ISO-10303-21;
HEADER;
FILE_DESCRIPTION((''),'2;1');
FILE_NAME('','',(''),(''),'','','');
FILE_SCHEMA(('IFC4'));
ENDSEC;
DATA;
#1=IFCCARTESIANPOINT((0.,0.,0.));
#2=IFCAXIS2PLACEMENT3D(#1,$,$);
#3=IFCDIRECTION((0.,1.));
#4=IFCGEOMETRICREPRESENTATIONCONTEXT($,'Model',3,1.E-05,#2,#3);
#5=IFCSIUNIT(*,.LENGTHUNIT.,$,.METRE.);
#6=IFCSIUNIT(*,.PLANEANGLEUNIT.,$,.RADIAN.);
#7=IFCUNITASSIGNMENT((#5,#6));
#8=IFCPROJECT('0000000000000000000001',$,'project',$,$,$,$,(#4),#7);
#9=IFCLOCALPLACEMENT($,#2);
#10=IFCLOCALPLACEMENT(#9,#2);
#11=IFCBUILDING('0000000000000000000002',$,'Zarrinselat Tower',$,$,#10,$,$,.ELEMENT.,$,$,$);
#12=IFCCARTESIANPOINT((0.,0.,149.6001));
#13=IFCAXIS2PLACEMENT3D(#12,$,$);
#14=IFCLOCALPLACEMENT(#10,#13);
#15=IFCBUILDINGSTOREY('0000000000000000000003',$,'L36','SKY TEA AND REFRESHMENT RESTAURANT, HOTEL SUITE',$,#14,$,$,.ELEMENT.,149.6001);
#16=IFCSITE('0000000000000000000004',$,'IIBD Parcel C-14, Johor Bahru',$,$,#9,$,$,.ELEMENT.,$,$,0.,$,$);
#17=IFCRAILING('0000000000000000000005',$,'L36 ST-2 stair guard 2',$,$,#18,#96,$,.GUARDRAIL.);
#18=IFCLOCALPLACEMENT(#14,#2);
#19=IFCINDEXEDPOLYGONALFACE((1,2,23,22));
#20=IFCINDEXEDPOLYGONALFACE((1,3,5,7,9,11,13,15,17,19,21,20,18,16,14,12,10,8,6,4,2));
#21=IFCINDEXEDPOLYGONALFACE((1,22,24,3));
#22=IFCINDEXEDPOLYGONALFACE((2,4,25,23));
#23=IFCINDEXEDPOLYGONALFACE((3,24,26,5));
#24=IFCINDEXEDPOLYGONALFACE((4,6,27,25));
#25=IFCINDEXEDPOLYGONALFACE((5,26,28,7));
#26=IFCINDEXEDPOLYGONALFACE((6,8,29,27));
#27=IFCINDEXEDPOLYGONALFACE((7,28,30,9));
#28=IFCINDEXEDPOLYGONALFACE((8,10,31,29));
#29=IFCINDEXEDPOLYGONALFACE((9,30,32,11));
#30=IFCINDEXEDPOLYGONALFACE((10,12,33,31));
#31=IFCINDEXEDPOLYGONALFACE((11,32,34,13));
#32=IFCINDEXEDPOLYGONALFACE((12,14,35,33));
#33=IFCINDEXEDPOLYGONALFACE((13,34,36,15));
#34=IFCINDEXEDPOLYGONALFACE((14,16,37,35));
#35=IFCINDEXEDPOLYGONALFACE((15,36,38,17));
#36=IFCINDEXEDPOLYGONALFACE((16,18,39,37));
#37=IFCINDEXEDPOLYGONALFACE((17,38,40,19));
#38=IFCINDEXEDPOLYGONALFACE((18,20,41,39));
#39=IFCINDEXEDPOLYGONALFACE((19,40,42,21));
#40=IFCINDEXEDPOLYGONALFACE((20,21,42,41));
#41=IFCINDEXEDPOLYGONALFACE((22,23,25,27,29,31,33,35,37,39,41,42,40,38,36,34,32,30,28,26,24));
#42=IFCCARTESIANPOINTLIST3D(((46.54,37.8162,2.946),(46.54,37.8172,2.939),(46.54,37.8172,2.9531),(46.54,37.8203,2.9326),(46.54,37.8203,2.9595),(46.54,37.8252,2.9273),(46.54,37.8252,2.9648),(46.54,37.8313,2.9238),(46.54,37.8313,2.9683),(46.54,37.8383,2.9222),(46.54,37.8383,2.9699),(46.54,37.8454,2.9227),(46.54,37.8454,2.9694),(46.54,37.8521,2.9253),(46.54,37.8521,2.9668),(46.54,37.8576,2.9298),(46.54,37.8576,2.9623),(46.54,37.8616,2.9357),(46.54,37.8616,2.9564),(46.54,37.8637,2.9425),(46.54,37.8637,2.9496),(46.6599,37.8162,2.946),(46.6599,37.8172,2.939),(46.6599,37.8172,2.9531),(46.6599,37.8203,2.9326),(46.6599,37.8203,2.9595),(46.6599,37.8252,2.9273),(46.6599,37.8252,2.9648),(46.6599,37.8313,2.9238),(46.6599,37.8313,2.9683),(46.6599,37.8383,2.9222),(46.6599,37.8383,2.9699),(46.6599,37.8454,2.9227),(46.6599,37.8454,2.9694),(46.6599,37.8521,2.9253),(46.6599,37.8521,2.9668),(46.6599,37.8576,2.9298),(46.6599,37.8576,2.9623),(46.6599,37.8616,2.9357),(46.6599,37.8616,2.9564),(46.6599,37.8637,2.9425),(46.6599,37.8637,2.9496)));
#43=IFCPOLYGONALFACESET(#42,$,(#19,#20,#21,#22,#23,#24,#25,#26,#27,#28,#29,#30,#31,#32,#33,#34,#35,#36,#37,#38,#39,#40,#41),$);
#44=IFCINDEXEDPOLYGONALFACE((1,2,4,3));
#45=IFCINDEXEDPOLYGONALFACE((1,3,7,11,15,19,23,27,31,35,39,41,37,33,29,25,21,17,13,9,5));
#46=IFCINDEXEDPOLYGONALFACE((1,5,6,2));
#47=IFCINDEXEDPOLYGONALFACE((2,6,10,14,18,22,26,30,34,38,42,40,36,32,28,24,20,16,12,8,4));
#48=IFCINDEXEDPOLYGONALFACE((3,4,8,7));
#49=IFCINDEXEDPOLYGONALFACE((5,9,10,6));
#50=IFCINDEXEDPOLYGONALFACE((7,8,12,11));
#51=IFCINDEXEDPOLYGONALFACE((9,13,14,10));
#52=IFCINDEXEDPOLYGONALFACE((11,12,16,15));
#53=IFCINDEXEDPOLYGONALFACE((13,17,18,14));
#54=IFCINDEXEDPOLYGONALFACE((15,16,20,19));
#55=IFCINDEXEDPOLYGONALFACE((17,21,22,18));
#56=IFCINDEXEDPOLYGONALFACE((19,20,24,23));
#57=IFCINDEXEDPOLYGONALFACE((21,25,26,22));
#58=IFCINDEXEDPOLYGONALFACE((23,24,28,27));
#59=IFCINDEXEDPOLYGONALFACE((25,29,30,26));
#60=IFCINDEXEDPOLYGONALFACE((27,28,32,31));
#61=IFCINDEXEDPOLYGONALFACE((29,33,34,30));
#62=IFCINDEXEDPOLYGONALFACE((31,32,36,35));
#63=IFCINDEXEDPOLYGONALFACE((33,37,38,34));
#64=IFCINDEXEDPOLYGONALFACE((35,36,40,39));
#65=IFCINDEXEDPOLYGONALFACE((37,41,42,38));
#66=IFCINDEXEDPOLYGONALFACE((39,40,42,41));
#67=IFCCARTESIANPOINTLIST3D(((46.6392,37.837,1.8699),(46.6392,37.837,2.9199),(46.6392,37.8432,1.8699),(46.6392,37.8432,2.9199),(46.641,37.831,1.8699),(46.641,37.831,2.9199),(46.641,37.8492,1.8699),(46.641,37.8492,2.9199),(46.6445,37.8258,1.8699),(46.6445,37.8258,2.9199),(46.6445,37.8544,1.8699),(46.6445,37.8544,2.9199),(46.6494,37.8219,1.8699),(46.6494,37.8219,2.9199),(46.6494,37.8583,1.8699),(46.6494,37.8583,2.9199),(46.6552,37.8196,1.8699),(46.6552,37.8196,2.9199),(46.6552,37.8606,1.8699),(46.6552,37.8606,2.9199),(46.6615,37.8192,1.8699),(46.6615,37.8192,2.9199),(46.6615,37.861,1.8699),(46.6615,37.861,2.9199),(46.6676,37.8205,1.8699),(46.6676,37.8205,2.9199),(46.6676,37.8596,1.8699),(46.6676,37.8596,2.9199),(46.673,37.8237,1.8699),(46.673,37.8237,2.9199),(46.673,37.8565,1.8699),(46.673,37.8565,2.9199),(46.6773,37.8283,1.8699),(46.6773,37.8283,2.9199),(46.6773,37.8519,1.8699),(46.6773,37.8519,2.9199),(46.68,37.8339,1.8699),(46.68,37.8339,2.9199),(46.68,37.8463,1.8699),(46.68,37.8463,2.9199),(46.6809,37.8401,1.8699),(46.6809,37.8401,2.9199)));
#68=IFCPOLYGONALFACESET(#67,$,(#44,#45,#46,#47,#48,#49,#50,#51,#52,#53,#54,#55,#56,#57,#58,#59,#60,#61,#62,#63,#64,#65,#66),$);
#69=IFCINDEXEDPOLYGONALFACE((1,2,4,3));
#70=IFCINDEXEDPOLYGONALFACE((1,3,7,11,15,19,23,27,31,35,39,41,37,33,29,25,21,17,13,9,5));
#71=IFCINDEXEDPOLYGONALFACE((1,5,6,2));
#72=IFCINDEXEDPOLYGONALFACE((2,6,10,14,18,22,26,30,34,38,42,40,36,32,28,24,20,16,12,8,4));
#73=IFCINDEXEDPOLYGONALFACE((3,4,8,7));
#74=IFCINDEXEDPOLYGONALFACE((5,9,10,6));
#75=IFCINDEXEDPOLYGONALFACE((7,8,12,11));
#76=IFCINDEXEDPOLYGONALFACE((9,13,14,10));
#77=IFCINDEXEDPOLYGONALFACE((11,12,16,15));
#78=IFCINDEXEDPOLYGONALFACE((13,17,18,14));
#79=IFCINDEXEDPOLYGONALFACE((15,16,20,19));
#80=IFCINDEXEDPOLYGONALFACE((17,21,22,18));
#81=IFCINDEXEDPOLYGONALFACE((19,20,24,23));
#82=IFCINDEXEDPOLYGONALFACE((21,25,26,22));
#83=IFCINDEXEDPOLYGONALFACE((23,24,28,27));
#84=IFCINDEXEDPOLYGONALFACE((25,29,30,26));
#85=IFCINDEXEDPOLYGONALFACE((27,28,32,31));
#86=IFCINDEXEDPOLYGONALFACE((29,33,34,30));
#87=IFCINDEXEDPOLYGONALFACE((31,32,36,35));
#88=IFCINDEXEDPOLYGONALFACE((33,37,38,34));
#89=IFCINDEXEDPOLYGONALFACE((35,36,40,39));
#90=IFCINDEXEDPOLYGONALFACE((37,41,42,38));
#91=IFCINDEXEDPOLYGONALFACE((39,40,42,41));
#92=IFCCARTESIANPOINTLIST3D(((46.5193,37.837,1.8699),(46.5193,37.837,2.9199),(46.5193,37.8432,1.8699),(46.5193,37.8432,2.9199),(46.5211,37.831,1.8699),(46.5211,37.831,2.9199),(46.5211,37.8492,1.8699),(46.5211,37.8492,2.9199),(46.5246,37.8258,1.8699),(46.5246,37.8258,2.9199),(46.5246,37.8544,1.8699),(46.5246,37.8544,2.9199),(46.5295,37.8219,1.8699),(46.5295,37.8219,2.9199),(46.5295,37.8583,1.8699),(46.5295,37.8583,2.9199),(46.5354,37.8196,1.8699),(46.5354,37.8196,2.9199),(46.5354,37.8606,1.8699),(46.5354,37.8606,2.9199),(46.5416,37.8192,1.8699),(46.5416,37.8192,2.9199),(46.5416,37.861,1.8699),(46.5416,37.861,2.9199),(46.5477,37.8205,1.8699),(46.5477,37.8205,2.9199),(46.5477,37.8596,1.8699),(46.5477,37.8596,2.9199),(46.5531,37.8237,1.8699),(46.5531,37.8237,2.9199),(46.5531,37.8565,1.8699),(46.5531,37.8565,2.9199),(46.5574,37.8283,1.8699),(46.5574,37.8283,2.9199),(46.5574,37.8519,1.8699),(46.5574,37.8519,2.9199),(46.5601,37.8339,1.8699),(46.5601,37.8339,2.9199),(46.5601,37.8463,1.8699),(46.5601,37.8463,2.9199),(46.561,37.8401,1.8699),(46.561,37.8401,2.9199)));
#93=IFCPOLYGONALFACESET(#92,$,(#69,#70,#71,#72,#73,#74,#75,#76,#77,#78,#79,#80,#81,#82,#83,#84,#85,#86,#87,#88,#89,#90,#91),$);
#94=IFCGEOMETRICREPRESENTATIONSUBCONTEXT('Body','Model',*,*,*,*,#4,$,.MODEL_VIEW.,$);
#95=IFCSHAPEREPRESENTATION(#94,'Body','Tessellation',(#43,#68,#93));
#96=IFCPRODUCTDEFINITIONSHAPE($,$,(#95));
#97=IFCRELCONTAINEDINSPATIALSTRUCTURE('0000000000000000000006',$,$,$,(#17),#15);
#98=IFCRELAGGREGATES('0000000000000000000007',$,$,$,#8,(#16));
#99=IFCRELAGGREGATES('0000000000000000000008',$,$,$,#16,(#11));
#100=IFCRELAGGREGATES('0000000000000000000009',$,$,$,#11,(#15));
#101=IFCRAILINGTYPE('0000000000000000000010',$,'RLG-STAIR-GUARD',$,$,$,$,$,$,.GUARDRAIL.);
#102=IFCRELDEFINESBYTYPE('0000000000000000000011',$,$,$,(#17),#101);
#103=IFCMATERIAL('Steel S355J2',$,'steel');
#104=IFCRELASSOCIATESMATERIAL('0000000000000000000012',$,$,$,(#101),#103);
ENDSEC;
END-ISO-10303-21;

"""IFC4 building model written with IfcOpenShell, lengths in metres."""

from ifc_helpers import new_model, si_unit, direction, frame, origin, origin_2d, place, context, subcontext, project, spatial, circle, extrude, material, type_object, element, save


model = new_model("IFC4")

# Units and contexts
model_context = context("Model", 3, precision=1e-05, world=origin(), true_north=direction((0.0, 1.0)))
body_context = subcontext(model_context, "Body", "Model", "MODEL_VIEW")
ifc_project = project(units=[si_unit("LENGTHUNIT", "METRE"), si_unit("PLANEANGLEUNIT", "RADIAN")], contexts=[model_context])

# Site, building, storey
site_placement = place(None, origin())
site = spatial("IfcSite", under=ifc_project, at=site_placement, Name="IIBD Parcel C-14, Johor Bahru", CompositionType="ELEMENT", RefElevation=0.0)
building_placement = place(site_placement, origin())
building = spatial("IfcBuilding", under=site, at=building_placement, Name="Zarrinselat Tower", CompositionType="ELEMENT")
storey_placement = place(building_placement, frame((0.0, 0.0, 149.6001)))
storey = spatial("IfcBuildingStorey", under=building, at=storey_placement, Name="L36", Description="SKY TEA AND REFRESHMENT RESTAURANT, HOTEL SUITE", CompositionType="ELEMENT", Elevation=149.6001)

# Railing
ifc_material_1 = material(Name="Steel S355J2", Category="steel")
railing_type_1 = type_object("IfcRailingType", Name="RLG-STAIR-GUARD", PredefinedType="GUARDRAIL", material=ifc_material_1)
railing_1_placement = place(storey_placement, frame((46.6599, 37.8401, 1.8699)))
element("IfcRailing", 1, at=railing_1_placement, inside=storey, type_object=railing_type_1, Name="L36 ST-2 stair guard 2", PredefinedType="GUARDRAIL", context=body_context, shape_type="SweptSolid", body=[
    extrude(circle(Radius=0.0239, at=origin_2d()), frame((0.0, 0.0, 1.0762), z_axis=(-1.0, 0.0, 0.0), x_axis=(0.0, -1.0, 0.0)), (0.0, 0.0, 1.0), 0.1199),
    extrude(circle(Radius=0.021, at=origin_2d()), origin(), (0.0, 0.0, 1.0), 1.05),
    extrude(circle(Radius=0.021, at=origin_2d()), frame((-0.1199, 0.0, 0.0)), (0.0, 0.0, 1.0), 1.05),
])

save(model, "model.ifc")
